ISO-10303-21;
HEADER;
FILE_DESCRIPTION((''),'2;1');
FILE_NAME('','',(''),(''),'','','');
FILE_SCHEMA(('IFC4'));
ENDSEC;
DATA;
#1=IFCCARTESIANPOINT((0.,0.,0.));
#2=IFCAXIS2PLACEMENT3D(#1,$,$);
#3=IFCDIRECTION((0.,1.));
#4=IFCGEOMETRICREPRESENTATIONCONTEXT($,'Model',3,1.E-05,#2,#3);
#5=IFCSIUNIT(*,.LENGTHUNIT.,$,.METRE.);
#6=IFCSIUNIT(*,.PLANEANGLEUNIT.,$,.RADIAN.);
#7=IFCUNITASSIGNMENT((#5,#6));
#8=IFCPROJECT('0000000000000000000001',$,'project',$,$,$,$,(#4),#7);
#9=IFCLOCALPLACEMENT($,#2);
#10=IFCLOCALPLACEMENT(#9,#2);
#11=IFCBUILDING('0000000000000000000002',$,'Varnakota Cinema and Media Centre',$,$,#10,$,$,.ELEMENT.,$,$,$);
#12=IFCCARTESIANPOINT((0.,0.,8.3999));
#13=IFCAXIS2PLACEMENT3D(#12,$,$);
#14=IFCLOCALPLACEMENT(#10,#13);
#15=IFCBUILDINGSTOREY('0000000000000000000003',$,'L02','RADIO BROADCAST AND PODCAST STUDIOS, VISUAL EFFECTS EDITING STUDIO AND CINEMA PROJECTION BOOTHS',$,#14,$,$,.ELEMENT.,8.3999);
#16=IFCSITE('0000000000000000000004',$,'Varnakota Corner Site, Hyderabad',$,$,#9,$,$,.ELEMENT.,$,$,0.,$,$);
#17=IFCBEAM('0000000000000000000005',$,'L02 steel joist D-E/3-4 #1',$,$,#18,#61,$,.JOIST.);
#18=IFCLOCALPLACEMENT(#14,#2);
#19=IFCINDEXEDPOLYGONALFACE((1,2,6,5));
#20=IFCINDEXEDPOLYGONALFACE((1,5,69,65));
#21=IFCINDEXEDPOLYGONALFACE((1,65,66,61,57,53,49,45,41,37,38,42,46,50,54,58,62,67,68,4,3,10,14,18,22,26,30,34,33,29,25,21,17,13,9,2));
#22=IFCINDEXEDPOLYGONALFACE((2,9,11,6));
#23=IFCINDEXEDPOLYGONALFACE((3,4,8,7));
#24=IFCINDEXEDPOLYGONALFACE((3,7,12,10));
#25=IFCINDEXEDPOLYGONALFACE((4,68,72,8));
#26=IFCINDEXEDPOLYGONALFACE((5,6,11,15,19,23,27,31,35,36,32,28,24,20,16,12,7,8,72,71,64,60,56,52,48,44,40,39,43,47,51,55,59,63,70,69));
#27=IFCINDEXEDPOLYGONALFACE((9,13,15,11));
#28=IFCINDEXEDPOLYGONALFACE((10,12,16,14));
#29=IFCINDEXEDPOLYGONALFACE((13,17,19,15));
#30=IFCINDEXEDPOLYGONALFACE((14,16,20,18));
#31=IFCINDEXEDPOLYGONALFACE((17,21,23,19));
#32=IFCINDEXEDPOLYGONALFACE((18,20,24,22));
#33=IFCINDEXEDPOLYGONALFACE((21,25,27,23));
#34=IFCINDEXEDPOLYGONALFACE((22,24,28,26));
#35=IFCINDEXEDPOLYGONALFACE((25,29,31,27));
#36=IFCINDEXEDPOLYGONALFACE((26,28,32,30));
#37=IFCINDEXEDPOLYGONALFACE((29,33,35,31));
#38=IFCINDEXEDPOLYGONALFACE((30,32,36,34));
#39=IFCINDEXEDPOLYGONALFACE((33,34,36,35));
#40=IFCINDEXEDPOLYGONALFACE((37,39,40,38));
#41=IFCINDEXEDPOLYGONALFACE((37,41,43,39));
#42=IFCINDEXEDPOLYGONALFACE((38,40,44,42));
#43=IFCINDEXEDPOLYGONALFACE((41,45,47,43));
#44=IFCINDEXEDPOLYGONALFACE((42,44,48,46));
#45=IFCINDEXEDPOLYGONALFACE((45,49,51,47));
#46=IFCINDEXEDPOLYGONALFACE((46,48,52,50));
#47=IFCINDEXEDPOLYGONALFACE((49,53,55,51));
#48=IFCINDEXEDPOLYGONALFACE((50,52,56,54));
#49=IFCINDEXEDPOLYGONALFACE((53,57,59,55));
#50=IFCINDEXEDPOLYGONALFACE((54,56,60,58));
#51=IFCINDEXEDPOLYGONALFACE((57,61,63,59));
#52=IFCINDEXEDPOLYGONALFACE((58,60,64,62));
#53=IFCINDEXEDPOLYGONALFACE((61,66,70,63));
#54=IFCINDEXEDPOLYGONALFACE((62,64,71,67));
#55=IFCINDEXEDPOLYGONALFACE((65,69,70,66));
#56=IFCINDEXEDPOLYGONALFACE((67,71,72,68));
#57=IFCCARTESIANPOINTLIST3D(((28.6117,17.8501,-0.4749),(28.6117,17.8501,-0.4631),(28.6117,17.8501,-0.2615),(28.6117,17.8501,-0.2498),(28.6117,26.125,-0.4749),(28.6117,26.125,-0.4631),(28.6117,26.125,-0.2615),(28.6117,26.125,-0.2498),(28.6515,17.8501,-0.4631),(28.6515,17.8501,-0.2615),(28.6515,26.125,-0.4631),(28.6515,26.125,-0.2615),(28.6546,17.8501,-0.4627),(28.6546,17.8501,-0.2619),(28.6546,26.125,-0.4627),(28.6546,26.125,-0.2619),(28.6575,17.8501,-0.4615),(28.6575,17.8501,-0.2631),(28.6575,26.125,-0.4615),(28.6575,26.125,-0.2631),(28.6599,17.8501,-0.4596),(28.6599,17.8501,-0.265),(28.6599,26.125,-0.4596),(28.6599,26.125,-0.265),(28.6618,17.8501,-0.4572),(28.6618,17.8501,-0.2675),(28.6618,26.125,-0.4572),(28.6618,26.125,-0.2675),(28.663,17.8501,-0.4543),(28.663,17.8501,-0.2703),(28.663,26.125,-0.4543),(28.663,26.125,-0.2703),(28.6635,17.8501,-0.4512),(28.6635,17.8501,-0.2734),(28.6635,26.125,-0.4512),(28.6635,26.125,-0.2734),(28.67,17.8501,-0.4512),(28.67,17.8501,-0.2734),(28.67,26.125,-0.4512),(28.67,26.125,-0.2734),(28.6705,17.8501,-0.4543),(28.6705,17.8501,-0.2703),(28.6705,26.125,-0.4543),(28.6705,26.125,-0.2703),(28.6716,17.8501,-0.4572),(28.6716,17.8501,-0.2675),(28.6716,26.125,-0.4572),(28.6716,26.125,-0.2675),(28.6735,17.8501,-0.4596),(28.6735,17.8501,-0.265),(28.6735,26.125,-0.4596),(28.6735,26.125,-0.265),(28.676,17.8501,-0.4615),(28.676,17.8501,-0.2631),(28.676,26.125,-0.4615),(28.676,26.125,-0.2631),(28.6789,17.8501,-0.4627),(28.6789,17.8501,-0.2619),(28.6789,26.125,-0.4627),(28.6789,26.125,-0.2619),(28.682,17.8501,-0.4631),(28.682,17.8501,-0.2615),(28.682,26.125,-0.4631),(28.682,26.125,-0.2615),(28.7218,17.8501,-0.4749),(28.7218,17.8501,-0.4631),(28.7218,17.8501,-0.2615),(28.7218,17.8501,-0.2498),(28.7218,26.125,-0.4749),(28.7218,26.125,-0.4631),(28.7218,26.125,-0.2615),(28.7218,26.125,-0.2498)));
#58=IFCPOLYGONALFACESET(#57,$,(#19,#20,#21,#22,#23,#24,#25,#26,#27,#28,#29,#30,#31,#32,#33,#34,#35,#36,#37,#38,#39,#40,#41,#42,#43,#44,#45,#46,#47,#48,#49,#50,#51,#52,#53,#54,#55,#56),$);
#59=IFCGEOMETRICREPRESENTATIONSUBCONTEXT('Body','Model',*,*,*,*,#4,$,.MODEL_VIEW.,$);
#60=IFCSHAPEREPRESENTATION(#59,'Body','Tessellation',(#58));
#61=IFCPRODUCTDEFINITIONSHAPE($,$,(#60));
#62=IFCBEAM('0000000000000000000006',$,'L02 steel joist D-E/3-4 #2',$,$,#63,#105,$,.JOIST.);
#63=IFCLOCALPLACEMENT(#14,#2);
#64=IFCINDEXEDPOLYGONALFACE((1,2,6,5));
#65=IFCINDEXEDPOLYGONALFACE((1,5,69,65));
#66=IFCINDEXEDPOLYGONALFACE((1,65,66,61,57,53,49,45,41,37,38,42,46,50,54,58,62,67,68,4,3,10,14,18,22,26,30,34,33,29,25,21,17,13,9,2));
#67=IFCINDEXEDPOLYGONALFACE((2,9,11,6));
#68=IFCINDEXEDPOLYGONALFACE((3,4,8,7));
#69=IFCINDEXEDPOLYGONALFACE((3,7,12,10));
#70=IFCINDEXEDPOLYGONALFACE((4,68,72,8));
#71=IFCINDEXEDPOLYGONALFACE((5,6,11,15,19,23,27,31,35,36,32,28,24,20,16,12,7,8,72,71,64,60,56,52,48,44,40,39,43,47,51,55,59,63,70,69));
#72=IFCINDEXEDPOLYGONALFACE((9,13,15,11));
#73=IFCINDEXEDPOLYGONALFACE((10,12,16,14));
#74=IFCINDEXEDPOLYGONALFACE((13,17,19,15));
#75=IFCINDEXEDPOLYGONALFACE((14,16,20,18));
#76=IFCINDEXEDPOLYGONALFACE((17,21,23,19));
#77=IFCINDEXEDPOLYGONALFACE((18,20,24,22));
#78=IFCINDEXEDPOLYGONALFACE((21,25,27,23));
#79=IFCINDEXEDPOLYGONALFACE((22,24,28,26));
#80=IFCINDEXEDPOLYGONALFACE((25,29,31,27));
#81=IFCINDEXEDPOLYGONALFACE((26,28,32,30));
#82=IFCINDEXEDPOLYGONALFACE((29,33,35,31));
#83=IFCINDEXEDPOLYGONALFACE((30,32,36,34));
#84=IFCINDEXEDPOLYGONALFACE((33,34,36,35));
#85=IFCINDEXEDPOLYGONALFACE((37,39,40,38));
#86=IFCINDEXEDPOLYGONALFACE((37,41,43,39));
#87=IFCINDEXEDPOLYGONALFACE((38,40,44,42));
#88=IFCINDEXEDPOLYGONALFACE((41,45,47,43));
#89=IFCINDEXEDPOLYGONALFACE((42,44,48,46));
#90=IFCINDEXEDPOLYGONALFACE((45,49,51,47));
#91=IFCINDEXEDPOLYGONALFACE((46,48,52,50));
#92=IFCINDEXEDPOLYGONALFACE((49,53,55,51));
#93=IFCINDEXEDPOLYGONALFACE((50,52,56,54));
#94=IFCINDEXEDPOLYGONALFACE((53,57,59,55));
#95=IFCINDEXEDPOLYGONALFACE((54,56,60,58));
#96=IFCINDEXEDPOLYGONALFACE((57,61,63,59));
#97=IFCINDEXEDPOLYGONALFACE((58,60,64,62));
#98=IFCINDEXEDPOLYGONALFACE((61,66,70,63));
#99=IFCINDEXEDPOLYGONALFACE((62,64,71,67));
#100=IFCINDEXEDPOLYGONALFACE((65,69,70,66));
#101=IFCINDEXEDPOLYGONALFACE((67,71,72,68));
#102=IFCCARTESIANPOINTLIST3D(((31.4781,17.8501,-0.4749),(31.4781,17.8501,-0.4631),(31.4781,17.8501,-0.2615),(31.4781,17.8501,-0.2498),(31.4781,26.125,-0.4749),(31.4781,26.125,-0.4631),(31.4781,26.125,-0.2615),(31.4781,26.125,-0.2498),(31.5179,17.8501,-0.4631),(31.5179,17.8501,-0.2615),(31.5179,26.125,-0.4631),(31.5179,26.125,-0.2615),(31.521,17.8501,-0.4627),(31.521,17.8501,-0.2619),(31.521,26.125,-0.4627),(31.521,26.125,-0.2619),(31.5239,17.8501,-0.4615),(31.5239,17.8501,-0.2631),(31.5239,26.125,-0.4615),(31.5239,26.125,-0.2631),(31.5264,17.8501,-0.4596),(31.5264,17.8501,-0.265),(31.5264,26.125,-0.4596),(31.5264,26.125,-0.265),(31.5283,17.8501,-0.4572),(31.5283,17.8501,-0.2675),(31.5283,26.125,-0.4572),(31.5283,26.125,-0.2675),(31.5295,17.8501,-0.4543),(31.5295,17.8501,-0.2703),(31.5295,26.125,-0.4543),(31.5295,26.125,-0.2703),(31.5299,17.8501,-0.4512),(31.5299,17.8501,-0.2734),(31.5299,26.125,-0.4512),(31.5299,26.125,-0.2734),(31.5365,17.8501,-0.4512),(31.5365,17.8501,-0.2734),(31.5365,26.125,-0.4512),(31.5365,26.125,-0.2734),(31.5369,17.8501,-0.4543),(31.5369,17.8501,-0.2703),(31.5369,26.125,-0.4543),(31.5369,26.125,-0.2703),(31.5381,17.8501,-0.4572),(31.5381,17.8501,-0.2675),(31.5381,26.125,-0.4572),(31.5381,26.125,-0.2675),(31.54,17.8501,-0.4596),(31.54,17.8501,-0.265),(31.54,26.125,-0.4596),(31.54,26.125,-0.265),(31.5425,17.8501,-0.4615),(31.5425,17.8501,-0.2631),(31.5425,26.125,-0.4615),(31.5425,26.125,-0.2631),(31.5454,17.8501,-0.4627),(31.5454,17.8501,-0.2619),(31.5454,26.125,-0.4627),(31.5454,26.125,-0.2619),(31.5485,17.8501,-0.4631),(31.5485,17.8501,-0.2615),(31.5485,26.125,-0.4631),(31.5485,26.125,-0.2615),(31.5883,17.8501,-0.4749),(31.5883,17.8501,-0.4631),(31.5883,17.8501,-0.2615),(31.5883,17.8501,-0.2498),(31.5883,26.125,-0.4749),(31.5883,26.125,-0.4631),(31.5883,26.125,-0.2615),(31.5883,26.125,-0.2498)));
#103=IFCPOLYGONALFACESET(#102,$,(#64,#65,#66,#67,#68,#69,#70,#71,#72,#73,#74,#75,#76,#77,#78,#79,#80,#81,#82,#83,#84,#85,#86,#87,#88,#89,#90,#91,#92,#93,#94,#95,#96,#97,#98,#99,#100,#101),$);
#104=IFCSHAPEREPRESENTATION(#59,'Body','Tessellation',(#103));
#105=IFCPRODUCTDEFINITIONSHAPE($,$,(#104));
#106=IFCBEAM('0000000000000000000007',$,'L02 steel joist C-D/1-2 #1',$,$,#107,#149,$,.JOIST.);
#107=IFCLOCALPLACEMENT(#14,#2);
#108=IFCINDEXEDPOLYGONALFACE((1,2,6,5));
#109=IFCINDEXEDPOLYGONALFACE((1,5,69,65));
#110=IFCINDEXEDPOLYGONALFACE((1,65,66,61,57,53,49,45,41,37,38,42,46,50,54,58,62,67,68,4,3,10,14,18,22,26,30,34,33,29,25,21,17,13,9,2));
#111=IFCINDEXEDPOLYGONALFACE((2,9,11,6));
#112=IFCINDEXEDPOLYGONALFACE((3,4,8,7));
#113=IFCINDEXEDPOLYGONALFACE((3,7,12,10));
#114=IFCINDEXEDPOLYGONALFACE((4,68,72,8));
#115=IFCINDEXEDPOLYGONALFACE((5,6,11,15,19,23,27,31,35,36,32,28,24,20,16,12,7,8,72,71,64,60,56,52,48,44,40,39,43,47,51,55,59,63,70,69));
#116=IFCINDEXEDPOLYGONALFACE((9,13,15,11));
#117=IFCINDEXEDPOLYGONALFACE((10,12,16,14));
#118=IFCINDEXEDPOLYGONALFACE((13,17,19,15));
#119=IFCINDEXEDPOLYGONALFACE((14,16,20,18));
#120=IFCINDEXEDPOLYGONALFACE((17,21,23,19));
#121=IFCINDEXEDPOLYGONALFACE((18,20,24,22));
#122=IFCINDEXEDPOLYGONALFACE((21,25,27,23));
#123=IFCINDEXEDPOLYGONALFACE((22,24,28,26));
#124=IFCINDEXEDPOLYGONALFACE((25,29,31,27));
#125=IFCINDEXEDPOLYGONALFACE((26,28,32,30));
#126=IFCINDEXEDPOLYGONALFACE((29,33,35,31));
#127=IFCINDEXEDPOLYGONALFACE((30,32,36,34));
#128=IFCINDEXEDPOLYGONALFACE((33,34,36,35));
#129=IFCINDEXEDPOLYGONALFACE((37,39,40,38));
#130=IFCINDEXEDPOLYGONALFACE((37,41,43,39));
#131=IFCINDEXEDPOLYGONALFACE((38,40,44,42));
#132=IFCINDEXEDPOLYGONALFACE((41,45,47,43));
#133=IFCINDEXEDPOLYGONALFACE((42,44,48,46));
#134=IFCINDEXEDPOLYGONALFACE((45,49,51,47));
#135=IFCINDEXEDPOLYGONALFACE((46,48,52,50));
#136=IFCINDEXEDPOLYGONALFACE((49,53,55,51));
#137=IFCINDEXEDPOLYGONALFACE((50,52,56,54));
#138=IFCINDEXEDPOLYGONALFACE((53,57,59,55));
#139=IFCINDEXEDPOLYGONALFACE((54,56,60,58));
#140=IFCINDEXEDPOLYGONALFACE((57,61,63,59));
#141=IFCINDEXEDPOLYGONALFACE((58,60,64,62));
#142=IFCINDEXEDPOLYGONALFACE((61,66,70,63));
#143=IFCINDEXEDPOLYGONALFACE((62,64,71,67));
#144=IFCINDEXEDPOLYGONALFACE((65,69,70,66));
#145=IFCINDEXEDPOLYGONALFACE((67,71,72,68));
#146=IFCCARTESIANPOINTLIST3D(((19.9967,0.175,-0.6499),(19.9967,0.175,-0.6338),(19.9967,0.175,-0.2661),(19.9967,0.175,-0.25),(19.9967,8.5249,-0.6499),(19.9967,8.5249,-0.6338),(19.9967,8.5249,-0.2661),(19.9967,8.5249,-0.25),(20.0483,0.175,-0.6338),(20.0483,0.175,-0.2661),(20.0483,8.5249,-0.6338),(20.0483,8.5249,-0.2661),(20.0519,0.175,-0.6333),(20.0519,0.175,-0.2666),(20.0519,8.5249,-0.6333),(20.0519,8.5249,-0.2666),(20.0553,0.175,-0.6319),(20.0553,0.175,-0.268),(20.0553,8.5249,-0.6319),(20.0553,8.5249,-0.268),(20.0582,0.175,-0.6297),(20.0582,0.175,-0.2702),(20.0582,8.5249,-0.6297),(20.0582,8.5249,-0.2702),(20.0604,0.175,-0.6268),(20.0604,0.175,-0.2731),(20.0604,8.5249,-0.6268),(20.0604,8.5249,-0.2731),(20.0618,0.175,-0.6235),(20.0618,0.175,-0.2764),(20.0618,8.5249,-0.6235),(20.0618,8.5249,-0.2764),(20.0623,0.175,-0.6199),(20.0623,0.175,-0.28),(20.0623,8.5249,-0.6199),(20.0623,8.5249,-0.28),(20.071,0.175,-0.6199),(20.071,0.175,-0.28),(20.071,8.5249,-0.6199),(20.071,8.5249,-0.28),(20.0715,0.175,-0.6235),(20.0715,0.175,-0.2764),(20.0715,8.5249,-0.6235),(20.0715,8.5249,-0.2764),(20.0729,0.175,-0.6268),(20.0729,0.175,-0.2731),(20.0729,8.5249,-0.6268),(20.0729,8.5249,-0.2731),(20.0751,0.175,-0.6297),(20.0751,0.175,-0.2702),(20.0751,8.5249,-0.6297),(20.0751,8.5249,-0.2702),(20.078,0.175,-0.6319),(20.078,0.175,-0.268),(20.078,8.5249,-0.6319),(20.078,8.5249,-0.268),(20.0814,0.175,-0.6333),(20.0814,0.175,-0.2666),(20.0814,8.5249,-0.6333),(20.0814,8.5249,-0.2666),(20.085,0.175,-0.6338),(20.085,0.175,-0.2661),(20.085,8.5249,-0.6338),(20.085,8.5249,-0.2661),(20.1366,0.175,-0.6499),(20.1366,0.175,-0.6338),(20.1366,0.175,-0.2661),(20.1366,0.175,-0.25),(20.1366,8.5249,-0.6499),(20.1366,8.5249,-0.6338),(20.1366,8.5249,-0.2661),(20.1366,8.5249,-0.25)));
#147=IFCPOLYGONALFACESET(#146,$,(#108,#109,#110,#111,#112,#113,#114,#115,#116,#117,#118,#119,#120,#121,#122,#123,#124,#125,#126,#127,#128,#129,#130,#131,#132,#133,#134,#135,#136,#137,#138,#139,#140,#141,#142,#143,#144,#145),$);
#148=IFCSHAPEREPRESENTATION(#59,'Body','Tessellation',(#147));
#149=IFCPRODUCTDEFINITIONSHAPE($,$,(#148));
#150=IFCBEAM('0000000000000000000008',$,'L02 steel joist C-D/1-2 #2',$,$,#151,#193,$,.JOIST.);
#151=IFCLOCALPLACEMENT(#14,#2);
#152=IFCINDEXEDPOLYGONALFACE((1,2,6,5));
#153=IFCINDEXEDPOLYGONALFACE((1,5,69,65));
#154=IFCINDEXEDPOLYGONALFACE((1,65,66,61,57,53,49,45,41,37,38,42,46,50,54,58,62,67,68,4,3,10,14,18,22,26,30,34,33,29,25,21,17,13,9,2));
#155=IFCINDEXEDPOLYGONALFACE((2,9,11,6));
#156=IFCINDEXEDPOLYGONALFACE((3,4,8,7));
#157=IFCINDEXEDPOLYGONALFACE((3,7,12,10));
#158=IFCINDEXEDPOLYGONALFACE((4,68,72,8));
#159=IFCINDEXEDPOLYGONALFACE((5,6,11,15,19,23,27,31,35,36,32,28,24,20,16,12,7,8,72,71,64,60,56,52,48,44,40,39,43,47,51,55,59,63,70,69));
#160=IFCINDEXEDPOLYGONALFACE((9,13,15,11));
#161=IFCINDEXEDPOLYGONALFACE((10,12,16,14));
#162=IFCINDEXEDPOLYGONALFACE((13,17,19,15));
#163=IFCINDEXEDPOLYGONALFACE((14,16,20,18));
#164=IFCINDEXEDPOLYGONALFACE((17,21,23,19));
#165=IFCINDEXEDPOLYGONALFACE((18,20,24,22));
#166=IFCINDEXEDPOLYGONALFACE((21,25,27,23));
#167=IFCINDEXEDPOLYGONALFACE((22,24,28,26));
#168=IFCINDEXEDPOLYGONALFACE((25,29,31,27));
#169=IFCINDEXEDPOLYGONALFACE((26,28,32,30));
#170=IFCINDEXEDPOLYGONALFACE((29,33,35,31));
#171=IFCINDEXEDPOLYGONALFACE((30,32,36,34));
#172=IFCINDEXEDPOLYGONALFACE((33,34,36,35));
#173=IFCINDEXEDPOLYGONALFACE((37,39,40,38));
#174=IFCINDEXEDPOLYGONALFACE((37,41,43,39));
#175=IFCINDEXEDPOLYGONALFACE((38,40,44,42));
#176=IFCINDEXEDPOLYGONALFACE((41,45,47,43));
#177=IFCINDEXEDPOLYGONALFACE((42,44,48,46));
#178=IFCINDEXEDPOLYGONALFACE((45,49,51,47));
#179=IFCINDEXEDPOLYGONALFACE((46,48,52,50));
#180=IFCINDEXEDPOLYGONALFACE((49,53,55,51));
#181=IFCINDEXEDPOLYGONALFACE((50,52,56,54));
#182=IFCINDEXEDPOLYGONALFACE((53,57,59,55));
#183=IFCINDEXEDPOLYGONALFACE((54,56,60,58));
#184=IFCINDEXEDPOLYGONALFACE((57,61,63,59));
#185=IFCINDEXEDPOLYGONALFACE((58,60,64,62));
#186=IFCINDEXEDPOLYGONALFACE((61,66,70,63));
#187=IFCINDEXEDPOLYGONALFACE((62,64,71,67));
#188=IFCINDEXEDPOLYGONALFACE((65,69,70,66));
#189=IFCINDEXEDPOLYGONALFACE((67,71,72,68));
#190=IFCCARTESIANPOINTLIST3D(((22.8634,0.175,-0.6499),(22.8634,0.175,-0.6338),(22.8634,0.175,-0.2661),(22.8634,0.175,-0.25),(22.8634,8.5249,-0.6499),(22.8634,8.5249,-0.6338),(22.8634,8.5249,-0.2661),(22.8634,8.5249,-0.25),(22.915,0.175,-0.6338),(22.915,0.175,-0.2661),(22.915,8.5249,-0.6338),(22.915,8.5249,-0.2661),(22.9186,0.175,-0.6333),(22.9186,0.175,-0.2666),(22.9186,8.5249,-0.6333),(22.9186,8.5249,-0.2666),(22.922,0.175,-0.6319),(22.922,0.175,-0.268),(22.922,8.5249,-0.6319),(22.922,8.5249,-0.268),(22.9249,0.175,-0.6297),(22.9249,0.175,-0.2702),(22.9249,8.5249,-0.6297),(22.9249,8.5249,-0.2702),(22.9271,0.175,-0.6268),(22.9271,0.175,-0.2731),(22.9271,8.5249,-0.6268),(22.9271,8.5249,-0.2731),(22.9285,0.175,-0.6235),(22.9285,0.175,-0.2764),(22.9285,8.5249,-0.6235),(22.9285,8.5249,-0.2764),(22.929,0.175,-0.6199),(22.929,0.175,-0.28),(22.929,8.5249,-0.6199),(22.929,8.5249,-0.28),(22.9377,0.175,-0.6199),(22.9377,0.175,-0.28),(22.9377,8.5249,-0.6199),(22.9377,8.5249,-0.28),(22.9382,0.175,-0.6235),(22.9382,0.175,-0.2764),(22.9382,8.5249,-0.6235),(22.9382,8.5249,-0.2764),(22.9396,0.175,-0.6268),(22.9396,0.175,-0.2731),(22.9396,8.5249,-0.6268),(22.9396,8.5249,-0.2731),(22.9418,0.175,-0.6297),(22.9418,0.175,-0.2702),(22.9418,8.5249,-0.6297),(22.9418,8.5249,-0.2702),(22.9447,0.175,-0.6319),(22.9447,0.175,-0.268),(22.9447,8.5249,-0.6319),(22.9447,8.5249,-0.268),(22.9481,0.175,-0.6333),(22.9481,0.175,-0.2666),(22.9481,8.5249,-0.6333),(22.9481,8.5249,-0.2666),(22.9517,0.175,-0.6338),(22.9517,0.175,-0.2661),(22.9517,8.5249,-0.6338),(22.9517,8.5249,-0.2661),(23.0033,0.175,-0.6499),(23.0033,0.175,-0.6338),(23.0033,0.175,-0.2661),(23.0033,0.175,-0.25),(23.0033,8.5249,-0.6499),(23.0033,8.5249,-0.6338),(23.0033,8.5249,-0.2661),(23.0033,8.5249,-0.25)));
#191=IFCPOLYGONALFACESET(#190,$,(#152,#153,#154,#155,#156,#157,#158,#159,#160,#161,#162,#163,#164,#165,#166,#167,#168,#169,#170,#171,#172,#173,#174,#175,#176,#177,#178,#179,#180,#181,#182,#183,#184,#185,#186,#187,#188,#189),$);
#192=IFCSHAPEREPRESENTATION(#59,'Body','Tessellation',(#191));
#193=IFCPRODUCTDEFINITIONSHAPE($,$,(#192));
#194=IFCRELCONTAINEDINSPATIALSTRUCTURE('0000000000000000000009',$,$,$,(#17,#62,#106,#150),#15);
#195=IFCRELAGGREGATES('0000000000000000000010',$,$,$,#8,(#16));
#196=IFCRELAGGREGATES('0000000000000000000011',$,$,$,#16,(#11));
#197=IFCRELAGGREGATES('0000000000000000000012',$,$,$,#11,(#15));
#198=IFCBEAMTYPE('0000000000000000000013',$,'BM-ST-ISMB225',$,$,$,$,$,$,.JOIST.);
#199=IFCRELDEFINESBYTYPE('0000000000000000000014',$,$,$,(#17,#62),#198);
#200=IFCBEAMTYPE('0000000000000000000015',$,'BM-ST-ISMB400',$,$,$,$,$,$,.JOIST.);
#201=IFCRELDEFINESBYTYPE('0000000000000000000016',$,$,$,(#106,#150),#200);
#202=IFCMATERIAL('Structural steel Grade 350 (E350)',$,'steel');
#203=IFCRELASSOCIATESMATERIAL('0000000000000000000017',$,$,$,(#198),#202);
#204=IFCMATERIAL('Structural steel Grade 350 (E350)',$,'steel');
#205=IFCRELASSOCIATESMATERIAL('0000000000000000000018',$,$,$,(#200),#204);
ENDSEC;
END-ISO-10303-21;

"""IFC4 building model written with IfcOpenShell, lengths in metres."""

from ifc_helpers import new_model, si_unit, direction, frame, origin, origin_2d, place, context, subcontext, project, spatial, i_section, extrude, material, material_profile, profile_set, type_object, element, save


model = new_model("IFC4")

# Units and contexts
model_context = context("Model", 3, precision=1e-05, world=origin(), true_north=direction((0.0, 1.0)))
body_context = subcontext(model_context, "Body", "Model", "MODEL_VIEW")
ifc_project = project(units=[si_unit("LENGTHUNIT", "METRE"), si_unit("PLANEANGLEUNIT", "RADIAN")], contexts=[model_context])

# Site, building, storey
site_placement = place(None, origin())
site = spatial("IfcSite", under=ifc_project, at=site_placement, Name="Varnakota Corner Site, Hyderabad", CompositionType="ELEMENT", RefElevation=0.0)
building_placement = place(site_placement, origin())
building = spatial("IfcBuilding", under=site, at=building_placement, Name="Varnakota Cinema and Media Centre", CompositionType="ELEMENT")
storey_placement = place(building_placement, frame((0.0, 0.0, 8.3999)))
storey = spatial("IfcBuildingStorey", under=building, at=storey_placement, Name="L02", Description="RADIO BROADCAST AND PODCAST STUDIOS, VISUAL EFFECTS EDITING STUDIO AND CINEMA PROJECTION BOOTHS", CompositionType="ELEMENT", Elevation=8.3999)

# Beams
ifc_material_1 = material(Name="Structural steel Grade 350 (E350)", Category="steel")
ifc_material_profile_1 = material_profile(ifc_material_1, i_section(OverallWidth=0.1101, OverallDepth=0.2251, WebThickness=0.0066, FlangeThickness=0.0117, FilletRadius=0.012, at=origin_2d()), Name="ISMB 225")
ifc_profile_set_1 = profile_set([ifc_material_profile_1], Name="Structural steel Grade 350 (E350)")
beam_type_1 = type_object("IfcBeamType", Name="BM-ST-ISMB225", PredefinedType="JOIST", material=ifc_profile_set_1)
for number, where, z_axis, x_axis, name in (
    (1, (28.6667, 17.8501, -0.3623), (0.0, 1.0, 0.0), (-1.0, 0.0, 0.0), "L02 steel joist D-E/3-4 #1"),
    (2, (31.5332, 17.8501, -0.3623), (0.0, 1.0, 0.0), (-1.0, 0.0, 0.0), "L02 steel joist D-E/3-4 #2"),
):
    element("IfcBeam", number, at=place(storey_placement, frame(where, z_axis=z_axis, x_axis=x_axis)), inside=storey, type_object=beam_type_1, Name=name, PredefinedType="JOIST", context=body_context, shape_type="SweptSolid", body=[
        extrude(i_section(OverallWidth=0.1101, OverallDepth=0.2251, WebThickness=0.0066, FlangeThickness=0.0117, FilletRadius=0.012, at=origin_2d()), origin(), (0.0, 0.0, 1.0), 8.2749),
    ])
ifc_material_2 = material(Name="Structural steel Grade 350 (E350)", Category="steel")
ifc_material_profile_2 = material_profile(ifc_material_2, i_section(OverallWidth=0.1399, OverallDepth=0.3999, WebThickness=0.0088, FlangeThickness=0.0161, FilletRadius=0.0139, at=origin_2d()), Name="ISMB 400")
ifc_profile_set_2 = profile_set([ifc_material_profile_2], Name="Structural steel Grade 350 (E350)")
beam_type_2 = type_object("IfcBeamType", Name="BM-ST-ISMB400", PredefinedType="JOIST", material=ifc_profile_set_2)
for number, where, z_axis, x_axis, name in (
    (3, (20.0667, 0.175, -0.45), (0.0, 1.0, 0.0), (-1.0, 0.0, 0.0), "L02 steel joist C-D/1-2 #1"),
    (4, (22.9333, 0.175, -0.45), (0.0, 1.0, 0.0), (-1.0, 0.0, 0.0), "L02 steel joist C-D/1-2 #2"),
):
    element("IfcBeam", number, at=place(storey_placement, frame(where, z_axis=z_axis, x_axis=x_axis)), inside=storey, type_object=beam_type_2, Name=name, PredefinedType="JOIST", context=body_context, shape_type="SweptSolid", body=[
        extrude(i_section(OverallWidth=0.1399, OverallDepth=0.3999, WebThickness=0.0088, FlangeThickness=0.0161, FilletRadius=0.0139, at=origin_2d()), origin(), (0.0, 0.0, 1.0), 8.3499),
    ])

save(model, "model.ifc")
